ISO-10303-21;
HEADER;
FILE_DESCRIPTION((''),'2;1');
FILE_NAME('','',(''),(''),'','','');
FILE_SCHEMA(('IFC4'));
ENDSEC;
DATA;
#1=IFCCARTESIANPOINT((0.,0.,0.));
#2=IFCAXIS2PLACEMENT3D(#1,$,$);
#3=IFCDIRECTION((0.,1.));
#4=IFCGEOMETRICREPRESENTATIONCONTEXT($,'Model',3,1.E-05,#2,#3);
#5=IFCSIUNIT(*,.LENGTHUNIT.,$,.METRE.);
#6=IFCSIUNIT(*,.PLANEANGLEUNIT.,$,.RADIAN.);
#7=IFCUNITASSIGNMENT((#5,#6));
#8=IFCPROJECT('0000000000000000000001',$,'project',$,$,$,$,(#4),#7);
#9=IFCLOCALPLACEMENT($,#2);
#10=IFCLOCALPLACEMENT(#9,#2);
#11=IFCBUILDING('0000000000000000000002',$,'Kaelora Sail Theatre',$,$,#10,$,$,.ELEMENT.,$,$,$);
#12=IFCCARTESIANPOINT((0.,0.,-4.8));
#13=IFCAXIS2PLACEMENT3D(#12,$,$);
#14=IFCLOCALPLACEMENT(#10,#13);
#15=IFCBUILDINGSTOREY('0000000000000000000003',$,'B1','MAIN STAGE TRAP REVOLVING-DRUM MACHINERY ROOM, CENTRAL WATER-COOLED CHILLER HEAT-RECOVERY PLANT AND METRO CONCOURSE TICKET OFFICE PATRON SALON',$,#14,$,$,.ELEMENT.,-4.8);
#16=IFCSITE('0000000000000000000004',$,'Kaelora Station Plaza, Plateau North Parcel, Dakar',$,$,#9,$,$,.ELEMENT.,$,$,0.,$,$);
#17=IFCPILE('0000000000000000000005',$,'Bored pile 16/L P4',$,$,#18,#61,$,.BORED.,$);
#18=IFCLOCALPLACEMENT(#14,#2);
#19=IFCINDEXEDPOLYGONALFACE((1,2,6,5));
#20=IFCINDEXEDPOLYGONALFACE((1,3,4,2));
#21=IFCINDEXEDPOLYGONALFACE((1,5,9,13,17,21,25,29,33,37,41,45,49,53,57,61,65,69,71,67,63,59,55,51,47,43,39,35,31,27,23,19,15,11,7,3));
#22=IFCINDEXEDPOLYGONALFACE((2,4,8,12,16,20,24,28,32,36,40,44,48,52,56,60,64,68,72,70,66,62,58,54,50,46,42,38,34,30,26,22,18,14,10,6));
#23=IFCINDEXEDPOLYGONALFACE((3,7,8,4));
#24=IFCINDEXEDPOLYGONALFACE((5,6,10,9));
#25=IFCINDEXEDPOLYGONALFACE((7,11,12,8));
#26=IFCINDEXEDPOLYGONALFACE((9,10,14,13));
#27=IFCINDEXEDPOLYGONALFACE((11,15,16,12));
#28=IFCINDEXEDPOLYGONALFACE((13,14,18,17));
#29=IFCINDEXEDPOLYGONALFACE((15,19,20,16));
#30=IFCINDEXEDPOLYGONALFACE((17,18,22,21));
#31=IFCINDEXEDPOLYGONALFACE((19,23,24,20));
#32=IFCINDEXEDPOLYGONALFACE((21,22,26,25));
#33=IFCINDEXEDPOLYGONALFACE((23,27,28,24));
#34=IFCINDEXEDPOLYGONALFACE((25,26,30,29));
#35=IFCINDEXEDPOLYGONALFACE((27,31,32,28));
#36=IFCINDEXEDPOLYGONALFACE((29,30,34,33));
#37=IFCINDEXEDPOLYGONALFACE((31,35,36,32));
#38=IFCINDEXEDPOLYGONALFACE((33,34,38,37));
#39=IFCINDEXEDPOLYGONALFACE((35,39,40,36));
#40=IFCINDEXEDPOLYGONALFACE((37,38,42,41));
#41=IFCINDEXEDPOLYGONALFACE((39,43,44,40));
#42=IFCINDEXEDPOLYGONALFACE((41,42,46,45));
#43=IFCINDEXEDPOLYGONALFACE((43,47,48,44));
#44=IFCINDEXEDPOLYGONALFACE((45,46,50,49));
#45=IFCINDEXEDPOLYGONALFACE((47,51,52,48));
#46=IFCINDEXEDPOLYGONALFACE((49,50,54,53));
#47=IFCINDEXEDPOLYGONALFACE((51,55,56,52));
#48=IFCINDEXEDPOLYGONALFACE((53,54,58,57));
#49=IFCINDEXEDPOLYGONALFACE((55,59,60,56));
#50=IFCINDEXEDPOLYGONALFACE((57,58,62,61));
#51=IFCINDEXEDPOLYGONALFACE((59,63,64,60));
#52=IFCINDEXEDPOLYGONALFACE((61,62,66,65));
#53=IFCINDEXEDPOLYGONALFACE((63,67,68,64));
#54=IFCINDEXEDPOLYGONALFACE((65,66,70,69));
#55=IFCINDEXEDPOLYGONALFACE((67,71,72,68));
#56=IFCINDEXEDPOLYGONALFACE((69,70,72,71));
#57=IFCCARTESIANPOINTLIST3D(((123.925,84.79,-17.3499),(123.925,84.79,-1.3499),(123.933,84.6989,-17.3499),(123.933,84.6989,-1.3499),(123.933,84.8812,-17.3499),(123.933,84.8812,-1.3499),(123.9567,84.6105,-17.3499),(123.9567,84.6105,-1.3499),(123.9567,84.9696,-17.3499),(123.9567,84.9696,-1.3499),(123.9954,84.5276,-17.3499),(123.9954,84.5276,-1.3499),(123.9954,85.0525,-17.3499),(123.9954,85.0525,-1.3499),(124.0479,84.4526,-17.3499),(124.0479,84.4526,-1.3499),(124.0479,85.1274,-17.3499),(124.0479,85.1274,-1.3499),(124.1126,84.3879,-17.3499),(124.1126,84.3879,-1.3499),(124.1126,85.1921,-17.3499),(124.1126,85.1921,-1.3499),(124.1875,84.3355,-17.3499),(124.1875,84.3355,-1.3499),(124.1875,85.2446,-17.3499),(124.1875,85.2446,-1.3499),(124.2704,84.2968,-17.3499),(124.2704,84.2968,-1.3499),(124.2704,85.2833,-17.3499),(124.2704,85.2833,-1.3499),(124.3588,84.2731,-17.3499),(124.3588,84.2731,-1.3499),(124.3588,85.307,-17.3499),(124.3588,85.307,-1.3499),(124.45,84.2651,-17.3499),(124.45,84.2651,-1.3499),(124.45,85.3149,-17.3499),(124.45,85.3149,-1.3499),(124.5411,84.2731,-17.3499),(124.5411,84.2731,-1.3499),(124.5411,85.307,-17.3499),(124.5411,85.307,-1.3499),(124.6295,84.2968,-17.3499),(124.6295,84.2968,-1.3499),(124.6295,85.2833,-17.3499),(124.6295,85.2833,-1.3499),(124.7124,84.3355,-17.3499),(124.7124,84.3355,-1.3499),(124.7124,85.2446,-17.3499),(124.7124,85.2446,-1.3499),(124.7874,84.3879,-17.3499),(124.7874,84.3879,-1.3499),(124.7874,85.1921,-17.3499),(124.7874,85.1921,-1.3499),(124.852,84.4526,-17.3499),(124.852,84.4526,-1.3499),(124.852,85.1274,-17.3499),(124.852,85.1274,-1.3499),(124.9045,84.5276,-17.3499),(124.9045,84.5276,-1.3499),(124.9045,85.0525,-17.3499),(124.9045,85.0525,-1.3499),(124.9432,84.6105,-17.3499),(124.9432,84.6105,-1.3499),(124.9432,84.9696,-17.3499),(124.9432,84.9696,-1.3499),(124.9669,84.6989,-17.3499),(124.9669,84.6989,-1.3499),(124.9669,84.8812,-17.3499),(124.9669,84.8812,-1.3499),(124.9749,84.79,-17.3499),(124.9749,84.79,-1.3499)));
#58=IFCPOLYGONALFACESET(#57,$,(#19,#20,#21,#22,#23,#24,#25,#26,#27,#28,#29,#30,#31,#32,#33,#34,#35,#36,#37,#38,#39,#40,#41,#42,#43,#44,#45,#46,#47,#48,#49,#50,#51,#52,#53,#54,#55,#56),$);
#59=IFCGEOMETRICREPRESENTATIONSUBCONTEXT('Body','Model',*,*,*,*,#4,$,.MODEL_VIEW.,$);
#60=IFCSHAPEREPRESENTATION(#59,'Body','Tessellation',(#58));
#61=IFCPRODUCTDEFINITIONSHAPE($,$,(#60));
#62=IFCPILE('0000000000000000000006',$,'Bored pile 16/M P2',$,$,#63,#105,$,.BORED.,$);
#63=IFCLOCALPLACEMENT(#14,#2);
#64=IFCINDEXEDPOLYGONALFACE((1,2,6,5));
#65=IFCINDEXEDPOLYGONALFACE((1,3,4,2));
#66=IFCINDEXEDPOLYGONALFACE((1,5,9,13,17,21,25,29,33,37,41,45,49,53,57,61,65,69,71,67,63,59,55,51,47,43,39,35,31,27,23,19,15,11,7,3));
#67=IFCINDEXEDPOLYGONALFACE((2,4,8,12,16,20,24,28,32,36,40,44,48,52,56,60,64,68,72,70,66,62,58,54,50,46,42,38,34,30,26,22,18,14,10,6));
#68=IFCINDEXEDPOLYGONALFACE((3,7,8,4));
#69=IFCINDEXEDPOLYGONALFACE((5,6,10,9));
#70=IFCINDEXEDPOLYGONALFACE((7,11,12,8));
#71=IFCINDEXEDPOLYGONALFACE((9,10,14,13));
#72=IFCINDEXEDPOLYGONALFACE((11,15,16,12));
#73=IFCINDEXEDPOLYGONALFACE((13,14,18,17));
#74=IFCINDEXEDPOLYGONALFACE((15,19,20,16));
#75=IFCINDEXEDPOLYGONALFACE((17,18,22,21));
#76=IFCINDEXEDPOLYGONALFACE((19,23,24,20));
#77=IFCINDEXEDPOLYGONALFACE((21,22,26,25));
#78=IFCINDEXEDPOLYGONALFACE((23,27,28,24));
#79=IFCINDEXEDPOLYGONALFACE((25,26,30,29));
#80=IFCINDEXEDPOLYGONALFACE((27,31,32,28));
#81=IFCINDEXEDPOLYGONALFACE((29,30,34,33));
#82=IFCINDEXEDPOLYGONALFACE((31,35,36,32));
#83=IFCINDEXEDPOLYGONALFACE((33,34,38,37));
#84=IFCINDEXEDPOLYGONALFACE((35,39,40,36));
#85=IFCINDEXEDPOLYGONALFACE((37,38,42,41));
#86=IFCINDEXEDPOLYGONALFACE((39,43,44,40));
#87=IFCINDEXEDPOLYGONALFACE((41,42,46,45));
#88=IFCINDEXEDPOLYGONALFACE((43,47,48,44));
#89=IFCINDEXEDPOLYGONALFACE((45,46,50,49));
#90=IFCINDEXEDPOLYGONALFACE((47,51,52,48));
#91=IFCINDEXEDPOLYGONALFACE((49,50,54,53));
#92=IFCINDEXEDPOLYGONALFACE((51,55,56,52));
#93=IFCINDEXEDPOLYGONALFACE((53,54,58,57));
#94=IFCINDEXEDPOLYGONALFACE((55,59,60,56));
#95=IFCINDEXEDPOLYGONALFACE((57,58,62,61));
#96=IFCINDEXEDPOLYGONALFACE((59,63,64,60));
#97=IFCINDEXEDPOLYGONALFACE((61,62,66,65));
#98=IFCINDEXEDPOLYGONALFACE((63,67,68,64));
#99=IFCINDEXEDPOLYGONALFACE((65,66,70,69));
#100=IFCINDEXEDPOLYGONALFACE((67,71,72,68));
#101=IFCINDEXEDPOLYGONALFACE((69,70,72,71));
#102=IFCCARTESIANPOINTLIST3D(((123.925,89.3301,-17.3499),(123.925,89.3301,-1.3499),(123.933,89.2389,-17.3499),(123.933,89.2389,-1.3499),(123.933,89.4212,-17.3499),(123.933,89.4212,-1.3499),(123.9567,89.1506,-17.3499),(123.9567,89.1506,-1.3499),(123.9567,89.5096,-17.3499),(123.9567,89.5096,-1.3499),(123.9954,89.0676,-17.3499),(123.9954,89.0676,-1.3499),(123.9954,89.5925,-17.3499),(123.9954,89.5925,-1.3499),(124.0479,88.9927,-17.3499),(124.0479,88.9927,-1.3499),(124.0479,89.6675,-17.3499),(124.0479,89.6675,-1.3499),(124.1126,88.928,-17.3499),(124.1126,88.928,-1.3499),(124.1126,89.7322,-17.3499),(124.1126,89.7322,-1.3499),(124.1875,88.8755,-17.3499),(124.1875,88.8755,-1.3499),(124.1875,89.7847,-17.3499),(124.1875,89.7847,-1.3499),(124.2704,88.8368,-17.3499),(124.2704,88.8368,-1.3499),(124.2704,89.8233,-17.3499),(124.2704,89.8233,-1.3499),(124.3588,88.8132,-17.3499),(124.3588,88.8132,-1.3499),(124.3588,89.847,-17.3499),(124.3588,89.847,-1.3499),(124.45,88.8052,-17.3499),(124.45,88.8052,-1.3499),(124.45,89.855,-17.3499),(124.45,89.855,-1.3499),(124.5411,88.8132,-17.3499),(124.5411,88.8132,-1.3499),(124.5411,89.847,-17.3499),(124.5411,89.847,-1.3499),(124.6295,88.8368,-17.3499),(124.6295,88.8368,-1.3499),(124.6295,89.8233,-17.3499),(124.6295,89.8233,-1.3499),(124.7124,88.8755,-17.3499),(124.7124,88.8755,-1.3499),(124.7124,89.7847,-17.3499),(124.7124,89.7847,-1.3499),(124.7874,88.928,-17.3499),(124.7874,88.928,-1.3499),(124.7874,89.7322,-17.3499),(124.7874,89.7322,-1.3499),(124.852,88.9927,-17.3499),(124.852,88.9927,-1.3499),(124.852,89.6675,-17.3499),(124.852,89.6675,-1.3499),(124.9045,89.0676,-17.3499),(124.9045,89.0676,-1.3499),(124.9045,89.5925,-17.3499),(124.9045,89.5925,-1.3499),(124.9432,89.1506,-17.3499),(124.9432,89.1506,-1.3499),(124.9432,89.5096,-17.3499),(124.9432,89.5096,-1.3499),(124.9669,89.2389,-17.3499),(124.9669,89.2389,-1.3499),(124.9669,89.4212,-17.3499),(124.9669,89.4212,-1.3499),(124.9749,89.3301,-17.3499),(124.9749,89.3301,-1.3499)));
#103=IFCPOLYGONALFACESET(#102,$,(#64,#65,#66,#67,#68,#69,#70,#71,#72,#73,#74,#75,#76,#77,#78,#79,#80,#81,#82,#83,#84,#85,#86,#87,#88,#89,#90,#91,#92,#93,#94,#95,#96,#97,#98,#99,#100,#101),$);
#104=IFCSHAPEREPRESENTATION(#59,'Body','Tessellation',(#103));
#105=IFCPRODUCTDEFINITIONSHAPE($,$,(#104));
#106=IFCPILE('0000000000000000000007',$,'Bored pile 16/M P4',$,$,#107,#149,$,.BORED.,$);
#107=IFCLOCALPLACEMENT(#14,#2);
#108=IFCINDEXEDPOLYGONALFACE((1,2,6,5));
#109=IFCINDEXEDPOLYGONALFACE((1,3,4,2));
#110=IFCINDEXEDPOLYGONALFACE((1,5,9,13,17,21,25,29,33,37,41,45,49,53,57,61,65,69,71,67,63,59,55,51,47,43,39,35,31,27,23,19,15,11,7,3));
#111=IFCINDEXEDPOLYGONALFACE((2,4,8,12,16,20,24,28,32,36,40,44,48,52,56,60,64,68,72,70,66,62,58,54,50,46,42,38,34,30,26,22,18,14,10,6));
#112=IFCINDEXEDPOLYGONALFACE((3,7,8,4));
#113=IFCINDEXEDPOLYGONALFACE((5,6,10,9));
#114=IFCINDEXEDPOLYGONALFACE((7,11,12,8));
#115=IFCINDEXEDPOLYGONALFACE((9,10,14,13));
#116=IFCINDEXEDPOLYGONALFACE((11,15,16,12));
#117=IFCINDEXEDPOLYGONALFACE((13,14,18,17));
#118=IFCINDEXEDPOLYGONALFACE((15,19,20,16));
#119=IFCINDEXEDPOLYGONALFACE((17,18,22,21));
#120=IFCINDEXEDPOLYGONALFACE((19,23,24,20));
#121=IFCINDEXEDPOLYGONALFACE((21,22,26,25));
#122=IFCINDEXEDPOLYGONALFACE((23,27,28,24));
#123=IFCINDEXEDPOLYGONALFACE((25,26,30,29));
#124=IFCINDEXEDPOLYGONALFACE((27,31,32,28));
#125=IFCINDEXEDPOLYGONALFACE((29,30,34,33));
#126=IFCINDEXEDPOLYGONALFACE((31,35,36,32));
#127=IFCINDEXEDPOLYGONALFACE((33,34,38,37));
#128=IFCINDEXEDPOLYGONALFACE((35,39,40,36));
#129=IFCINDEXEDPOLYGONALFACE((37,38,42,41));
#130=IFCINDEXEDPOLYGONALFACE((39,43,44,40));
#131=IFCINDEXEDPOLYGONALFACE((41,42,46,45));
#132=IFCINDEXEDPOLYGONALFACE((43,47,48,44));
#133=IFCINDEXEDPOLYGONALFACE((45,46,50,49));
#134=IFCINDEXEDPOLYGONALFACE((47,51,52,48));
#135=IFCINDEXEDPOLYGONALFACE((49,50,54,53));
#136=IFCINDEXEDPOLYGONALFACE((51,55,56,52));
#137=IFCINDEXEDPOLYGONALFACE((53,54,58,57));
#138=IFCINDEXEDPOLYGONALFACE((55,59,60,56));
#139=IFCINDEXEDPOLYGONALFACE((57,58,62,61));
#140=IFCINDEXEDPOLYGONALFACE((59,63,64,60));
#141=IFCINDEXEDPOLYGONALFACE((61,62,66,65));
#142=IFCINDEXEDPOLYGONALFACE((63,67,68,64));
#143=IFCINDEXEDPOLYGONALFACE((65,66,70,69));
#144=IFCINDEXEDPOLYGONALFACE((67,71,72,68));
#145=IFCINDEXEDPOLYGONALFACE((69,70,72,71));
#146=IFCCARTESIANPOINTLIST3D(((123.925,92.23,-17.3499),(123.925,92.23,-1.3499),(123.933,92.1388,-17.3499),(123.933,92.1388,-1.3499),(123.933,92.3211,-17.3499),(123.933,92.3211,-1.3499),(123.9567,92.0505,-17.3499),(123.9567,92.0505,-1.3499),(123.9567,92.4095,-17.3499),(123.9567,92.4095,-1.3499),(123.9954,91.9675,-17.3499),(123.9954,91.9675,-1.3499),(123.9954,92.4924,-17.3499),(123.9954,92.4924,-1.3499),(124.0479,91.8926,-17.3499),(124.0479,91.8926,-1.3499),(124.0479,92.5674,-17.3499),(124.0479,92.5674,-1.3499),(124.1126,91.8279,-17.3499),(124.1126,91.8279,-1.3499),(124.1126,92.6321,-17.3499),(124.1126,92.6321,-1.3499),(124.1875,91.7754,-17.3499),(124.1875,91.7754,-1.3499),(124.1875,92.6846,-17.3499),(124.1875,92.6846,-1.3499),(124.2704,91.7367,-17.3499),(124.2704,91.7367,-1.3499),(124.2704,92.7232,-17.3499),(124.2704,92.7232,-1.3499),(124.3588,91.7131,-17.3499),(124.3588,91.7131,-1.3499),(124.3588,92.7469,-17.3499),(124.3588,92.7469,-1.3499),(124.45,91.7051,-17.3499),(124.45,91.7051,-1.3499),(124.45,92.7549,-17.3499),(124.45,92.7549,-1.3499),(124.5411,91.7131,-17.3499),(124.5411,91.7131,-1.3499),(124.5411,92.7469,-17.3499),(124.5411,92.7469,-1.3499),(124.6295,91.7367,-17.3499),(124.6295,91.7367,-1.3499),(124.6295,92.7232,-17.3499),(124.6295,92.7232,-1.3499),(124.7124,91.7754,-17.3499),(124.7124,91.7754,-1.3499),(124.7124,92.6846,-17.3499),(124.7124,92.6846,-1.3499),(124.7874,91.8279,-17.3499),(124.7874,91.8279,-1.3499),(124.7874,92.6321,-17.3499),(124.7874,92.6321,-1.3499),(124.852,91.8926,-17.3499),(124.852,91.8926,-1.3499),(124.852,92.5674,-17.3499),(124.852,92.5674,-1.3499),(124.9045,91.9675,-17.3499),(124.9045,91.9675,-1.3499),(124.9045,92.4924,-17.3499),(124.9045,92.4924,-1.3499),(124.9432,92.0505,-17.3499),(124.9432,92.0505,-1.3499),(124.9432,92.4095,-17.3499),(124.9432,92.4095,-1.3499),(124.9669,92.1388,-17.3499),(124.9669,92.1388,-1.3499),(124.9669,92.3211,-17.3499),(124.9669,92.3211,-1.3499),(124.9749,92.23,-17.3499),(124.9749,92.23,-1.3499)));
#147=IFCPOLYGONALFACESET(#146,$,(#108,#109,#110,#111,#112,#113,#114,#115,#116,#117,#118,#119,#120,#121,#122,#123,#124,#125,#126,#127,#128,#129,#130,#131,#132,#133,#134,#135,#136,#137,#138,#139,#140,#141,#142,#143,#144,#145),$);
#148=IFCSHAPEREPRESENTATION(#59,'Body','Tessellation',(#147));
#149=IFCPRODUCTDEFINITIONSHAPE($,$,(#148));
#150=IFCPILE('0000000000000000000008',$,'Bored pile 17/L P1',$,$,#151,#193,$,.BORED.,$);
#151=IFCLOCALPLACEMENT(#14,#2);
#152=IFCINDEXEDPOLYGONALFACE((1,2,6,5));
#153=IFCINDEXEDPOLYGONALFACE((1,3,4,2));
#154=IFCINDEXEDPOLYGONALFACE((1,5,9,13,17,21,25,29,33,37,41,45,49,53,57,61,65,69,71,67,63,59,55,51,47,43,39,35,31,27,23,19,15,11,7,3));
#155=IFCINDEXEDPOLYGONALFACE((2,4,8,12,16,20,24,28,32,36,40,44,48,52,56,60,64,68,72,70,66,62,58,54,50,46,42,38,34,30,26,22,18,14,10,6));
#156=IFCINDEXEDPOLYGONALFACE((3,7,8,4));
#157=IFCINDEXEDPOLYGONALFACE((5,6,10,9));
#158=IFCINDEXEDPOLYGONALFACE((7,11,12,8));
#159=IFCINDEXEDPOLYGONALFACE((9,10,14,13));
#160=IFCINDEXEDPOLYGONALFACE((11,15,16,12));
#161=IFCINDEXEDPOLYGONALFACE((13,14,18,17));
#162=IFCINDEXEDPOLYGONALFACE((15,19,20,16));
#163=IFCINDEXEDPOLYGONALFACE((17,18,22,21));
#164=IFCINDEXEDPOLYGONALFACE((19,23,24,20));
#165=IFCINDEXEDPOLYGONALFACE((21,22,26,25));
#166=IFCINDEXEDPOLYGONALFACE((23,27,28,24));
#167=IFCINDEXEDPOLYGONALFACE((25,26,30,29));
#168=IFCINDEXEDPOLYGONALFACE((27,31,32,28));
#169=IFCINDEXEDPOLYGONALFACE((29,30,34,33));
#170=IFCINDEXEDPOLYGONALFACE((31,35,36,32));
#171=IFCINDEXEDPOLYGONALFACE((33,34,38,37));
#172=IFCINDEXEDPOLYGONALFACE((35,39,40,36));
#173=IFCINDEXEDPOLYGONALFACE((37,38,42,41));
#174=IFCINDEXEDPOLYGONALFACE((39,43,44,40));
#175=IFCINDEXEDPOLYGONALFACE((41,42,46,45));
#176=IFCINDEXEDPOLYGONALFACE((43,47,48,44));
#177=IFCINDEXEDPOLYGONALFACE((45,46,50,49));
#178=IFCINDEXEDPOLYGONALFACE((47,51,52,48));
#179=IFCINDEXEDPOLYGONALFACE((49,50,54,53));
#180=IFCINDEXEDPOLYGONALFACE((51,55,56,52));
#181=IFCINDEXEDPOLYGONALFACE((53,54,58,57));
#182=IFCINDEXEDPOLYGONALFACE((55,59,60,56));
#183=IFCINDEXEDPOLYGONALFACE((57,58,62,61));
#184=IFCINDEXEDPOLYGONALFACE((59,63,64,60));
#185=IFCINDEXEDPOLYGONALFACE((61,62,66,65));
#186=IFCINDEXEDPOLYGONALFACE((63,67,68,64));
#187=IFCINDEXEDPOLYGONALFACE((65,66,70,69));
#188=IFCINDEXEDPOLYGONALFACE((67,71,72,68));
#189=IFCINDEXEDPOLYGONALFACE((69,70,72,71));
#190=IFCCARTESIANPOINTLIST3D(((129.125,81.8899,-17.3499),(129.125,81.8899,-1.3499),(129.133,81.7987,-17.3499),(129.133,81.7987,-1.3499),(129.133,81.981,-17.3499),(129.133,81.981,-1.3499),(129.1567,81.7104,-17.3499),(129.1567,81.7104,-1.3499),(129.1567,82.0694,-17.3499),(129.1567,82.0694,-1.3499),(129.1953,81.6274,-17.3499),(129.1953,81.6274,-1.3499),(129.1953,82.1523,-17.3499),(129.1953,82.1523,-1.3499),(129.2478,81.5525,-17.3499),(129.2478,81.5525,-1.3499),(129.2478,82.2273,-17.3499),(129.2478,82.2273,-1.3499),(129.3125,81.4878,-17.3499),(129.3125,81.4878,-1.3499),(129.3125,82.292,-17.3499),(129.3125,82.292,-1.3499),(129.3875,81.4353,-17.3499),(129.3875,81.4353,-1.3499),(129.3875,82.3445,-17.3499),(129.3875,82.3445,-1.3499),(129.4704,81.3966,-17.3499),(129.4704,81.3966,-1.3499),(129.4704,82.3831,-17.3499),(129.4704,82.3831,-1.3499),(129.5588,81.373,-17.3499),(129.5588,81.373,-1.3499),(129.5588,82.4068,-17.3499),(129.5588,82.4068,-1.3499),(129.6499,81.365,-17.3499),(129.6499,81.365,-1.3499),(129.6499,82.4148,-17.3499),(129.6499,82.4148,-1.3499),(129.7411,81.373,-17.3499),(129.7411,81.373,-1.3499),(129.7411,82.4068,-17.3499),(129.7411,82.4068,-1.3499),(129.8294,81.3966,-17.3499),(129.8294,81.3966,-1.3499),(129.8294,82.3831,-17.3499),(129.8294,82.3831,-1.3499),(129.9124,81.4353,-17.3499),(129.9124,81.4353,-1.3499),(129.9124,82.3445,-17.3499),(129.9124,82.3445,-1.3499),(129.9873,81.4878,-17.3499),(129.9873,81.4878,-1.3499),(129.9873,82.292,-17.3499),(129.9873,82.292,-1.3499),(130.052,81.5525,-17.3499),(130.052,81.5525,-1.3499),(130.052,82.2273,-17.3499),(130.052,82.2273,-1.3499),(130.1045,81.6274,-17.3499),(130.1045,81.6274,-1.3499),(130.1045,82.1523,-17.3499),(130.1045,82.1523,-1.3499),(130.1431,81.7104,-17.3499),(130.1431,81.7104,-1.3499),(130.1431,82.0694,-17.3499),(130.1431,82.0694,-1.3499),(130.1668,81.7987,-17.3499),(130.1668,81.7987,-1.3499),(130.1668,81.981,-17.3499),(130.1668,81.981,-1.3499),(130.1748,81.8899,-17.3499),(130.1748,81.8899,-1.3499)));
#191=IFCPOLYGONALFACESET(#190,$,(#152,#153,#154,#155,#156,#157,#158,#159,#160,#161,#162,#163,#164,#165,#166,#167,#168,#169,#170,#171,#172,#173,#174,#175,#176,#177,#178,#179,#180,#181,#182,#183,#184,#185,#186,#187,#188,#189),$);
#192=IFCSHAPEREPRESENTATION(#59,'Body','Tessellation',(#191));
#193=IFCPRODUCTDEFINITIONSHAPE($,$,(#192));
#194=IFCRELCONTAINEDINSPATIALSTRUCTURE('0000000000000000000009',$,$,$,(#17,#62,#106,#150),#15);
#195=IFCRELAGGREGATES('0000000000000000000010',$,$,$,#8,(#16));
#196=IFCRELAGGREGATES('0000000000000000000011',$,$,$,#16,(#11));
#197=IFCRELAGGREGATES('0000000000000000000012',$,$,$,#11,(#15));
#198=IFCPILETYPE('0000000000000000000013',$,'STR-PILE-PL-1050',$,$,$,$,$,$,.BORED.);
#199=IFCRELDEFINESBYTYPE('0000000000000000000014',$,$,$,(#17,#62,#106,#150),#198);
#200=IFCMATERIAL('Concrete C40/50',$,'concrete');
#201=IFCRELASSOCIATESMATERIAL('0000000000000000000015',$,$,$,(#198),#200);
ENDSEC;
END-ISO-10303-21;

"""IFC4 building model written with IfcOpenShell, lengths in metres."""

from ifc_helpers import new_model, si_unit, direction, frame, origin, origin_2d, place, context, subcontext, project, spatial, circle, extrude, material, material_profile, profile_set, type_object, element, save


model = new_model("IFC4")

# Units and contexts
model_context = context("Model", 3, precision=1e-05, world=origin(), true_north=direction((0.0, 1.0)))
body_context = subcontext(model_context, "Body", "Model", "MODEL_VIEW")
ifc_project = project(units=[si_unit("LENGTHUNIT", "METRE"), si_unit("PLANEANGLEUNIT", "RADIAN")], contexts=[model_context])

# Site, building, storey
site_placement = place(None, origin())
site = spatial("IfcSite", under=ifc_project, at=site_placement, Name="Kaelora Station Plaza, Plateau North Parcel, Dakar", CompositionType="ELEMENT", RefElevation=0.0)
building_placement = place(site_placement, origin())
building = spatial("IfcBuilding", under=site, at=building_placement, Name="Kaelora Sail Theatre", CompositionType="ELEMENT")
storey_placement = place(building_placement, frame((0.0, 0.0, -4.8)))
storey = spatial("IfcBuildingStorey", under=building, at=storey_placement, Name="B1", Description="MAIN STAGE TRAP REVOLVING-DRUM MACHINERY ROOM, CENTRAL WATER-COOLED CHILLER HEAT-RECOVERY PLANT AND METRO CONCOURSE TICKET OFFICE PATRON SALON", CompositionType="ELEMENT", Elevation=-4.8)

# Piles
ifc_material_1 = material(Name="Concrete C40/50", Category="concrete")
ifc_material_profile_1 = material_profile(ifc_material_1, circle(Radius=0.5249, at=origin_2d()), Name="PILE D1050")
ifc_profile_set_1 = profile_set([ifc_material_profile_1], Name="Concrete C40/50")
pile_type_1 = type_object("IfcPileType", Name="STR-PILE-PL-1050", PredefinedType="BORED", material=ifc_profile_set_1)
for number, where, z_axis, x_axis, name in (
    (1, (124.45, 84.79, -1.3499), (0.0, 0.0, -1.0), (1.0, 0.0, 0.0), "Bored pile 16/L P4"),
    (2, (124.45, 89.3301, -1.3499), (0.0, 0.0, -1.0), (1.0, 0.0, 0.0), "Bored pile 16/M P2"),
    (3, (124.45, 92.23, -1.3499), (0.0, 0.0, -1.0), (1.0, 0.0, 0.0), "Bored pile 16/M P4"),
    (4, (129.6499, 81.8899, -1.3499), (0.0, 0.0, -1.0), (1.0, 0.0, 0.0), "Bored pile 17/L P1"),
):
    element("IfcPile", number, at=place(storey_placement, frame(where, z_axis=z_axis, x_axis=x_axis)), inside=storey, type_object=pile_type_1, Name=name, PredefinedType="BORED", context=body_context, shape_type="SweptSolid", body=[
        extrude(circle(Radius=0.5249, at=origin_2d()), origin(), (0.0, 0.0, 1.0), 16.0),
    ])

save(model, "model.ifc")
